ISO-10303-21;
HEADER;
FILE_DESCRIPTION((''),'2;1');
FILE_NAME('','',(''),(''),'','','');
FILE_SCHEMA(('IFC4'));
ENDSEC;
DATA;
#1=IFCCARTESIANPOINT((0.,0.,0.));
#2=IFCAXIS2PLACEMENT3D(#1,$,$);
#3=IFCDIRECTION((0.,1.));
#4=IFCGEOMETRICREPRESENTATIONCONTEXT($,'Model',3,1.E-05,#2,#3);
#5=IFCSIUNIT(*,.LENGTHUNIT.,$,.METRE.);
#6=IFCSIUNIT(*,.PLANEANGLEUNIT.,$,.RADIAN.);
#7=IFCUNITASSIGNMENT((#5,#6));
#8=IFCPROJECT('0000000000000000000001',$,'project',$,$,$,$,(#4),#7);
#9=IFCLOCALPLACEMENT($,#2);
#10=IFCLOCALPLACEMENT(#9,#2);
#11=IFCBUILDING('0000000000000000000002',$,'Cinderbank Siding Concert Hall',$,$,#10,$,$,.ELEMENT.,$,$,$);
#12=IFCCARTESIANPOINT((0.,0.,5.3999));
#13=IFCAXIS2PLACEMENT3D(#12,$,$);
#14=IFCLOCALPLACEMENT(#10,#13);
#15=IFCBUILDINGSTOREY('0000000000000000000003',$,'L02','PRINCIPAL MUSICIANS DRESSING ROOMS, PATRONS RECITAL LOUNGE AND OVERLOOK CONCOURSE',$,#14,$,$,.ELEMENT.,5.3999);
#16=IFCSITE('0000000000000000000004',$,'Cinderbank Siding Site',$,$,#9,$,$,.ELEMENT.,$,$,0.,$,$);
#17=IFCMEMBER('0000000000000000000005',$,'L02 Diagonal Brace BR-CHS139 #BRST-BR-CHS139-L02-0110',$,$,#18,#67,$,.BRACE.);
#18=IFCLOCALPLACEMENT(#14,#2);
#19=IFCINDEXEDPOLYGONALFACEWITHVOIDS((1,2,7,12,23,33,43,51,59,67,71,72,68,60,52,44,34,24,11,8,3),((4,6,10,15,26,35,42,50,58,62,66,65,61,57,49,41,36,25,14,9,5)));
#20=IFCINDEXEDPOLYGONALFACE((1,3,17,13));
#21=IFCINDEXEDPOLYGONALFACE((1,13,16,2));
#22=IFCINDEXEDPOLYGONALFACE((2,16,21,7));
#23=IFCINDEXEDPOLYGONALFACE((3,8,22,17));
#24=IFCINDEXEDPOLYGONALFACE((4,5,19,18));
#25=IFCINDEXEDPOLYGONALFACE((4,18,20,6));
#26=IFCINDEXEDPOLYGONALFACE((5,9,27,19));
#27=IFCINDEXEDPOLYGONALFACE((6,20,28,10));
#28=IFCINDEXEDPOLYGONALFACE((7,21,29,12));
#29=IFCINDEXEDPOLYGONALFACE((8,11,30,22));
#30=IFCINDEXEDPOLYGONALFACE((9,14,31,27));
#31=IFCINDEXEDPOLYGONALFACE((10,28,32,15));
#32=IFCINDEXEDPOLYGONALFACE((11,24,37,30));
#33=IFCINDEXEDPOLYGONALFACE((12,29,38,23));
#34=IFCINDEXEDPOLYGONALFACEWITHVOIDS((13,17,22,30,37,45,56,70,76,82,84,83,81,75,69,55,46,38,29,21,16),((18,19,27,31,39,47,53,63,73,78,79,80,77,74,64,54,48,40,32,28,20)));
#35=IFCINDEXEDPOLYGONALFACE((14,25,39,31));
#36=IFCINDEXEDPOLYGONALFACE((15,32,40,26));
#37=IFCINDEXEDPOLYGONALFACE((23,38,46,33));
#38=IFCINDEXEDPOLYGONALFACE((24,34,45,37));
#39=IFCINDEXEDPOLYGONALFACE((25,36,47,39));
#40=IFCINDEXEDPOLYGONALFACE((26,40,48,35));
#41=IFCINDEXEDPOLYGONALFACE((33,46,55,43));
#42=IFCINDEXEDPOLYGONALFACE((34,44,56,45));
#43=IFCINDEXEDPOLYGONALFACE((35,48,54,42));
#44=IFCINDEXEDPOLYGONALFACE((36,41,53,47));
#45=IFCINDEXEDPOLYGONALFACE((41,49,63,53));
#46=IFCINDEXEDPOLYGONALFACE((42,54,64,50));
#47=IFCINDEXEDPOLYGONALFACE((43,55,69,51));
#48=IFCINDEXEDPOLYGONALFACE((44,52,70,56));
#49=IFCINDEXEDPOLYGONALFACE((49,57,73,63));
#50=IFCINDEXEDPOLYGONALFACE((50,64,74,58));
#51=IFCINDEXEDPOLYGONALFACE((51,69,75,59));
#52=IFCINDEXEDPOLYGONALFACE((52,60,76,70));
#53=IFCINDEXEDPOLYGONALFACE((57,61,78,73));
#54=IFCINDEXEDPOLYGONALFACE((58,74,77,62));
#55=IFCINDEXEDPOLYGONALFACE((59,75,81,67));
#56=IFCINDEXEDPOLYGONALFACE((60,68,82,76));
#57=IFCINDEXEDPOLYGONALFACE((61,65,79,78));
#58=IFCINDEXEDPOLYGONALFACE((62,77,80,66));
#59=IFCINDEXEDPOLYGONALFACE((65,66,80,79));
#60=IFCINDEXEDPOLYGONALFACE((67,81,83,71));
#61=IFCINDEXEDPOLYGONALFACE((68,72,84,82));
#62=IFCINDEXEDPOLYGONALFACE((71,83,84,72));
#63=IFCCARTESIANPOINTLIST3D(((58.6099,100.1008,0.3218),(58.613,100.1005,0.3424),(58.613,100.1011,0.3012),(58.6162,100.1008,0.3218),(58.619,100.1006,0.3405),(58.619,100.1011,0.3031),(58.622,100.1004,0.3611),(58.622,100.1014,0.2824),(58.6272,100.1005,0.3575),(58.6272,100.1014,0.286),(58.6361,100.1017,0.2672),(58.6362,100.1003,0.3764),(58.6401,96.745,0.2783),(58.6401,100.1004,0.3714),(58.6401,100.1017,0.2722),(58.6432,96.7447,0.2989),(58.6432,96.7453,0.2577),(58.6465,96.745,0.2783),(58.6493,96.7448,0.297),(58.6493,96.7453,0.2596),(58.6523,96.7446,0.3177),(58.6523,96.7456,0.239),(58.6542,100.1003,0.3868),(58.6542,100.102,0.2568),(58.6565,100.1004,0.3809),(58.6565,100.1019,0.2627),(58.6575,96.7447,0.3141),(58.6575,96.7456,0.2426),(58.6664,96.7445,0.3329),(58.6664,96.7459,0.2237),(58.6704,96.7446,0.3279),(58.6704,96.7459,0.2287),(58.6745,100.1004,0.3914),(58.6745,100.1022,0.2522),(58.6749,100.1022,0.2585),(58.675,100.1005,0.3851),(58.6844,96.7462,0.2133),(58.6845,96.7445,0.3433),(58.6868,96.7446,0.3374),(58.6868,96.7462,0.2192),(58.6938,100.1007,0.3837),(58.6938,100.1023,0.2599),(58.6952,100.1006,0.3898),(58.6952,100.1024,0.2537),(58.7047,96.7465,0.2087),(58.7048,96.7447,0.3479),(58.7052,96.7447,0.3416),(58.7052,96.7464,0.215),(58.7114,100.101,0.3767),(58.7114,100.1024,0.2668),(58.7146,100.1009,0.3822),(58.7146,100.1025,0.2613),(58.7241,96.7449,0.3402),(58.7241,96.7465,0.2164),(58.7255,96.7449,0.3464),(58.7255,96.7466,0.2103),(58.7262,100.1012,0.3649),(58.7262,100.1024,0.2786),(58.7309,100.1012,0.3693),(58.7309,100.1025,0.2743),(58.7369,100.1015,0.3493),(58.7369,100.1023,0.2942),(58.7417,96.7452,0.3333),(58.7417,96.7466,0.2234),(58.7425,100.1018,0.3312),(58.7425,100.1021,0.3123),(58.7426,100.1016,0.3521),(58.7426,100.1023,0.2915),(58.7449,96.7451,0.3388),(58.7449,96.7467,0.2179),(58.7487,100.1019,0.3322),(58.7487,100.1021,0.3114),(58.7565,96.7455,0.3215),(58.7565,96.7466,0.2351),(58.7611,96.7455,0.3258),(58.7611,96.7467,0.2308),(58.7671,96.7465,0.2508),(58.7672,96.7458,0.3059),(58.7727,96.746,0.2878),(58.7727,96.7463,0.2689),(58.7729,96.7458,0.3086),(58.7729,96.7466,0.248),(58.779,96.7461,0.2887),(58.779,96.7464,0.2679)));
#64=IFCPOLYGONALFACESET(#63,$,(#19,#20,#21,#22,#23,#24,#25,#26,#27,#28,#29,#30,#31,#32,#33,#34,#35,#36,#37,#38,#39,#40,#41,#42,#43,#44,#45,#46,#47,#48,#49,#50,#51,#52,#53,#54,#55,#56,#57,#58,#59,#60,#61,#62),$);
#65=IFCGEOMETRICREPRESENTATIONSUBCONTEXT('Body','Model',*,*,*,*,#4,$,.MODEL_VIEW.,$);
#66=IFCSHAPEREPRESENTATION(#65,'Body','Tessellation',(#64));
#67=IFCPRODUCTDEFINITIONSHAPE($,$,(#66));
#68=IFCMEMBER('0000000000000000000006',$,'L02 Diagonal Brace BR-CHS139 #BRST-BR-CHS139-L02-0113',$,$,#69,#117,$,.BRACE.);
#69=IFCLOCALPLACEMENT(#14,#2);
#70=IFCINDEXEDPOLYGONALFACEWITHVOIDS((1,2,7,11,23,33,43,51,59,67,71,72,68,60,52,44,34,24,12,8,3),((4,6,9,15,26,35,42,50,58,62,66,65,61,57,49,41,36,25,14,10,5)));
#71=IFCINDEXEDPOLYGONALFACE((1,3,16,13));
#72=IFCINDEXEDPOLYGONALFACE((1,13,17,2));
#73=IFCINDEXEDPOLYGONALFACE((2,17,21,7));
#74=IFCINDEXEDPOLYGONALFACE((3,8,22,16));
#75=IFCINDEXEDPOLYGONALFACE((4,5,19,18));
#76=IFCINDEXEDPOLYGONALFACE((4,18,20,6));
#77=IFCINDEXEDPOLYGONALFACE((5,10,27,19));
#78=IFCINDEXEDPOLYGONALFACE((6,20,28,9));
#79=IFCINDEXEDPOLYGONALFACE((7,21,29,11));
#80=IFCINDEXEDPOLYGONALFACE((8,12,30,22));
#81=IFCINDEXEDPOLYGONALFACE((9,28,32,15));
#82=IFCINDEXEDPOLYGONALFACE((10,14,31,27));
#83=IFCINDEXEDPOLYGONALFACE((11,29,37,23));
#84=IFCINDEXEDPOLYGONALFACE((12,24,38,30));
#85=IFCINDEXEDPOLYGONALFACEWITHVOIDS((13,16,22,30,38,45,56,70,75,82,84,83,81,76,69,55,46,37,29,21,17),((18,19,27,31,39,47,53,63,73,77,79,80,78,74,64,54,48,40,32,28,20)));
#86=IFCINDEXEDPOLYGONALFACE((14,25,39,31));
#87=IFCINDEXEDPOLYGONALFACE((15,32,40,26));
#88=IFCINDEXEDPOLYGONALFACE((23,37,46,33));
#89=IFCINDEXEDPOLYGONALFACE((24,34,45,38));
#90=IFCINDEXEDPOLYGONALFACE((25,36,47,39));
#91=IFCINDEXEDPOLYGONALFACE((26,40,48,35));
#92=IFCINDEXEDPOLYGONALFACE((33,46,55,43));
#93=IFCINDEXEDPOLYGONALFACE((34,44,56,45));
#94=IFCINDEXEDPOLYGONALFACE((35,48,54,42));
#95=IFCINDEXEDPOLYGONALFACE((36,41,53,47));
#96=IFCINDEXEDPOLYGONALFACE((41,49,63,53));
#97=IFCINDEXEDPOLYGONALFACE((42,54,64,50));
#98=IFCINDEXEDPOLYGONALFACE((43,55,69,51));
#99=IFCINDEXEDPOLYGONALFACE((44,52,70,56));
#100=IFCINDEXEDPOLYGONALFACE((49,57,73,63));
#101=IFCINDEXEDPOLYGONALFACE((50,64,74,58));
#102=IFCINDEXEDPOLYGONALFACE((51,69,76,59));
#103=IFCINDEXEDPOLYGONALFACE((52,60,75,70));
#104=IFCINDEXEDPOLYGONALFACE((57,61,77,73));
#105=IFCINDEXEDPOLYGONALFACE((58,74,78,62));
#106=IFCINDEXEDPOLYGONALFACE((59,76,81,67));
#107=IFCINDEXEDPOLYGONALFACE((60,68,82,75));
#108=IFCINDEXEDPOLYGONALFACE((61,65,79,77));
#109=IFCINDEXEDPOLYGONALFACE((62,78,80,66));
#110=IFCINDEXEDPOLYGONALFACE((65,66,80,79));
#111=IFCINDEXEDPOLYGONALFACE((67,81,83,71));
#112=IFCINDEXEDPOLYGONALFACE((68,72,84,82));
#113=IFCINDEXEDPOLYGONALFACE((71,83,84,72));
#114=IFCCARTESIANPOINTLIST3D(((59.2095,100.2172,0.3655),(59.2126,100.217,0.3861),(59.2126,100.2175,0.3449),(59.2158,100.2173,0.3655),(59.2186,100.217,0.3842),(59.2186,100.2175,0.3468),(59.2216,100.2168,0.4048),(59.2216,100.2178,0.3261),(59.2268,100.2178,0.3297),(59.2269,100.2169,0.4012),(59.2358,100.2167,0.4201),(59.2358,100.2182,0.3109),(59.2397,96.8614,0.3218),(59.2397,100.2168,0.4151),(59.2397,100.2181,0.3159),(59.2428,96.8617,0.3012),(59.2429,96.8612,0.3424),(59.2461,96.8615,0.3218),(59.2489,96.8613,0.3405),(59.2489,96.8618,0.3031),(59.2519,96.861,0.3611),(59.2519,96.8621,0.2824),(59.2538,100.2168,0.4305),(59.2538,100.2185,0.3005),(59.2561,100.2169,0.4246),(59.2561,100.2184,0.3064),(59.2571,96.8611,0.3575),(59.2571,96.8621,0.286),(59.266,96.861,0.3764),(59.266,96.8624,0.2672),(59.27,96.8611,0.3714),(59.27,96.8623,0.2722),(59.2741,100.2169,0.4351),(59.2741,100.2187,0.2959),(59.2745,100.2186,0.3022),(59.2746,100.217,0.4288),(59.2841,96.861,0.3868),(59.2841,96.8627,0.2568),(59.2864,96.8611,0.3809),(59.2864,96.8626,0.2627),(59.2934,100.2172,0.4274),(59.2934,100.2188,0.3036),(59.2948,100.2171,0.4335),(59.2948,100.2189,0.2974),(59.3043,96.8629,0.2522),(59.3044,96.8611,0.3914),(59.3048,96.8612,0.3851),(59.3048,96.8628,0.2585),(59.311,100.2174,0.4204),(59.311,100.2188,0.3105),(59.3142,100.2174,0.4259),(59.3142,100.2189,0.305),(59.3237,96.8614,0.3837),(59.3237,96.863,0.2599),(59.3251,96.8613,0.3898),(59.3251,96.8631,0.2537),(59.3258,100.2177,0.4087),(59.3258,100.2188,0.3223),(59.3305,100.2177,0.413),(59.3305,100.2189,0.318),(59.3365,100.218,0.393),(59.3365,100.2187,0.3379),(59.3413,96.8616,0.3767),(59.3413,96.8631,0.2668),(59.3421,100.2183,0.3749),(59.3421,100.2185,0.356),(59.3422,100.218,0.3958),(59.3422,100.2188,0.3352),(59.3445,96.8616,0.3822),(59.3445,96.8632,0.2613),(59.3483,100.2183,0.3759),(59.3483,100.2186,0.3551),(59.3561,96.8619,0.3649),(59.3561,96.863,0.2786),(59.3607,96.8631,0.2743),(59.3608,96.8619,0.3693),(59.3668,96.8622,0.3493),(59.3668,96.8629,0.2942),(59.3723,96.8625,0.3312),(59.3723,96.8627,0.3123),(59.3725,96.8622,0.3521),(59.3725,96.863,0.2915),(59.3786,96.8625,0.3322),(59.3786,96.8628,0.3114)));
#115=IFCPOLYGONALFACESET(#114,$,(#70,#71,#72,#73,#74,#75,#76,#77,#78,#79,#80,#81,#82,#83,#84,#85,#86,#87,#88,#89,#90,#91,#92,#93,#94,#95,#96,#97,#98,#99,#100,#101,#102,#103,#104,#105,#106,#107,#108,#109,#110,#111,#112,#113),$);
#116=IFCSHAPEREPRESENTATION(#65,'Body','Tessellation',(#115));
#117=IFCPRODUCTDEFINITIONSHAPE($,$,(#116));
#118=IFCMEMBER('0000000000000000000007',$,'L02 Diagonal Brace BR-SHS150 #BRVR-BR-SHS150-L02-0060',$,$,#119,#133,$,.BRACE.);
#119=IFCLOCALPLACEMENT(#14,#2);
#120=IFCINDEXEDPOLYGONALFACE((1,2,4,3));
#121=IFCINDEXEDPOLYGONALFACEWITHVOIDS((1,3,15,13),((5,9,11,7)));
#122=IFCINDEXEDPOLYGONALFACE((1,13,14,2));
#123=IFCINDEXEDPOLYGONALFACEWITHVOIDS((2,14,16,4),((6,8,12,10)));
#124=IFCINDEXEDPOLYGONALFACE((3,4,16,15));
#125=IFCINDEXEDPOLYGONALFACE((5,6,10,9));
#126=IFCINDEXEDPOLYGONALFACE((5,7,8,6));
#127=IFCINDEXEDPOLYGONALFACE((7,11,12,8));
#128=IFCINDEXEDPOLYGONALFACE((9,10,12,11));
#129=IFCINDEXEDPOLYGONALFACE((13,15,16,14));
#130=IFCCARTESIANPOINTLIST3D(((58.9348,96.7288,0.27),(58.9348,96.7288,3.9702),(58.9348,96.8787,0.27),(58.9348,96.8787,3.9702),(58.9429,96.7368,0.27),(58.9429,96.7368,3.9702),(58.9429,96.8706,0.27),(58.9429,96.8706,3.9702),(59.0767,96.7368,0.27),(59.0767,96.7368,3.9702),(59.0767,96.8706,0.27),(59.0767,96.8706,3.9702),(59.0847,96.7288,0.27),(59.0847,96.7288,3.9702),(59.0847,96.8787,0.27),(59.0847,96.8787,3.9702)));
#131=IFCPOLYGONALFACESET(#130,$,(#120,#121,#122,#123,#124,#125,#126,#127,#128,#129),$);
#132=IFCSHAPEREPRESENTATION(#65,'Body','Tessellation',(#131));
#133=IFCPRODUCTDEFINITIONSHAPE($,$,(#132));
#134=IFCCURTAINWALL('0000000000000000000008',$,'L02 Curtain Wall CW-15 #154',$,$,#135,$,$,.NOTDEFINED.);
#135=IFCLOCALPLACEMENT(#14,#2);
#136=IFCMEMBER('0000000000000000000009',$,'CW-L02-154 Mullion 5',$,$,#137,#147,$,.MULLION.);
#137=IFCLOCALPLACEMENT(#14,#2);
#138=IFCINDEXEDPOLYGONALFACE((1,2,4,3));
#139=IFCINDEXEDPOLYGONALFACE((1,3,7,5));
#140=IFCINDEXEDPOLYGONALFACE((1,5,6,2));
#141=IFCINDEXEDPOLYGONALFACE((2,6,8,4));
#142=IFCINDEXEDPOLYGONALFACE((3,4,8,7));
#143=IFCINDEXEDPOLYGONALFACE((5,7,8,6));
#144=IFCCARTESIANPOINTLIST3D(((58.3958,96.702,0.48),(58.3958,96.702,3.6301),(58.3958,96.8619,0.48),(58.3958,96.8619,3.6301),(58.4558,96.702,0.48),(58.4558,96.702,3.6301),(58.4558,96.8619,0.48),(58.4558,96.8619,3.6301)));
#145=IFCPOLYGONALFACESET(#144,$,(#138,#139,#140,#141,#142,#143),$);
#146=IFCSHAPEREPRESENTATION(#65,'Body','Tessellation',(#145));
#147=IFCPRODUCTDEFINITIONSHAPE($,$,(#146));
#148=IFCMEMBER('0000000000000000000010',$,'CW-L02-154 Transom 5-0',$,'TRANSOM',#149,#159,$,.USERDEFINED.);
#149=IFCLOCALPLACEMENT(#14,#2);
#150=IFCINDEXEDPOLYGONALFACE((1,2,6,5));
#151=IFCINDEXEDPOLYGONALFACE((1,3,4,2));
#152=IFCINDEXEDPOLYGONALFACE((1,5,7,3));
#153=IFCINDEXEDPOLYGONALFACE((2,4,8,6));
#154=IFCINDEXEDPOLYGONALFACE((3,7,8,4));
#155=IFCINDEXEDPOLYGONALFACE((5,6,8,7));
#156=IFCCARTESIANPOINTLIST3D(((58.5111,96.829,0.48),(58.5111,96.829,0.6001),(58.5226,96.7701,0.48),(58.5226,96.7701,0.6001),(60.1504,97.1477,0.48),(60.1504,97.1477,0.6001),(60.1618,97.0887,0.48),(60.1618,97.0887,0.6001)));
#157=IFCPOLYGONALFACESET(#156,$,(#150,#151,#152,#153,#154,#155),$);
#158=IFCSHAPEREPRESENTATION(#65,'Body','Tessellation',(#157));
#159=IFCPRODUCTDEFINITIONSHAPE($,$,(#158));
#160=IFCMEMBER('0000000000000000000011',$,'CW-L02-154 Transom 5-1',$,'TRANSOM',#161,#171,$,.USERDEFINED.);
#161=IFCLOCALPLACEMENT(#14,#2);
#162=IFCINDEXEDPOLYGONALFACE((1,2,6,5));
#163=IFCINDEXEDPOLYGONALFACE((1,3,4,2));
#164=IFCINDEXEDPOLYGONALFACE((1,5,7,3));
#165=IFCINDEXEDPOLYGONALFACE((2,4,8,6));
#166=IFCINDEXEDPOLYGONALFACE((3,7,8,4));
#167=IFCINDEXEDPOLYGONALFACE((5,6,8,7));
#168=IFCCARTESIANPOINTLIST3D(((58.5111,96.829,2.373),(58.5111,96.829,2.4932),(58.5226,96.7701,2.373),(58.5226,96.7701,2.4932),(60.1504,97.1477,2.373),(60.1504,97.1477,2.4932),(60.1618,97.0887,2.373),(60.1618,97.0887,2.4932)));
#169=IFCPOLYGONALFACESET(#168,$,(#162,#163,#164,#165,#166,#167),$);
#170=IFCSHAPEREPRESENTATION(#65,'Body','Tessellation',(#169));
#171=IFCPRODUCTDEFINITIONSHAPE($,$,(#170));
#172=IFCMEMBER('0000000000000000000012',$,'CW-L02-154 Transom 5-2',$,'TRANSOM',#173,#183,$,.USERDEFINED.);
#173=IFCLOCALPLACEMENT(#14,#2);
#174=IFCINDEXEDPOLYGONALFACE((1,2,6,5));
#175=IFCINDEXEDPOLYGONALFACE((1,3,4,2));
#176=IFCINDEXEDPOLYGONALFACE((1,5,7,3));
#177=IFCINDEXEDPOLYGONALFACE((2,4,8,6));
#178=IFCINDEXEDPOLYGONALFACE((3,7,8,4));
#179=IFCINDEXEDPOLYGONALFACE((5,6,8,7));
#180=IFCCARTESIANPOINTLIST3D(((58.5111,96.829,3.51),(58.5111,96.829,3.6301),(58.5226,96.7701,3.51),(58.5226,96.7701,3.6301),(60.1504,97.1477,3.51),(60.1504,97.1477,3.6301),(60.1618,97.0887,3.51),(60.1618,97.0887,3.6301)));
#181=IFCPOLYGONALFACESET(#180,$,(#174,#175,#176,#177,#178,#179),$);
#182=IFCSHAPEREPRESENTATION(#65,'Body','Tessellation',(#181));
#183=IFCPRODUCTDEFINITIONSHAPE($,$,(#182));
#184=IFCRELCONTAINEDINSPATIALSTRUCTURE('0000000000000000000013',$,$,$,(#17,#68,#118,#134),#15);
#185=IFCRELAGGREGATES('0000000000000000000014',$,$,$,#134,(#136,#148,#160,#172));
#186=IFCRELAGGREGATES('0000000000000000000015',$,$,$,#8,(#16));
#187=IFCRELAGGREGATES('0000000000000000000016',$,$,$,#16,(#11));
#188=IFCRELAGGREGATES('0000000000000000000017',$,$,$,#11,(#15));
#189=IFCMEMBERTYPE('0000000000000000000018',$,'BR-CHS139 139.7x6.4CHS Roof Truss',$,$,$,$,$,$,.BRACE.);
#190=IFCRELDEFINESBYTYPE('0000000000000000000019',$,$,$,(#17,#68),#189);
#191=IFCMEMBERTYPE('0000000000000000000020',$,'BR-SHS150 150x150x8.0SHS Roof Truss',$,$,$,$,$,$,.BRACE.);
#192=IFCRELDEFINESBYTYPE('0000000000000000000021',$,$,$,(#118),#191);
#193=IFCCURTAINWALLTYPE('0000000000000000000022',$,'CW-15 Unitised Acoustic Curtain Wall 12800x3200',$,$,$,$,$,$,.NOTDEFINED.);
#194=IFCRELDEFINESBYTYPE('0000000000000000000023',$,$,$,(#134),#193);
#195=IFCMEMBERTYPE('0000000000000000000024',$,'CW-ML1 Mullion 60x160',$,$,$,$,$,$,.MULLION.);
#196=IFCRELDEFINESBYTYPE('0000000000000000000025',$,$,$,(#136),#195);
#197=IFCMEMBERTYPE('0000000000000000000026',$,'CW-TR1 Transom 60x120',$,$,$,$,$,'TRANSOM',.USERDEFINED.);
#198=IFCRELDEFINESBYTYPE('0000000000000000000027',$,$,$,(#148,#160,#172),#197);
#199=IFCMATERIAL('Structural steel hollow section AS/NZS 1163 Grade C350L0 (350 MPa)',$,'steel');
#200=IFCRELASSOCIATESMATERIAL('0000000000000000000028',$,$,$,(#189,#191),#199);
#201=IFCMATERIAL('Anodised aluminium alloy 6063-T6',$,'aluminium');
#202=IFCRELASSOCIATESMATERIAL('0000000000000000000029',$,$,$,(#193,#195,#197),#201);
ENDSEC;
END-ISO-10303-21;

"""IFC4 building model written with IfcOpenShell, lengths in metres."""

from ifc_helpers import new_model, si_unit, direction, frame, origin, origin_2d, place, context, subcontext, project, spatial, rectangle, hollow_rectangle, hollow_circle, extrude, material, material_profile, profile_set, type_object, element, aggregate, save


model = new_model("IFC4")

# Units and contexts
model_context = context("Model", 3, precision=1e-05, world=origin(), true_north=direction((0.0, 1.0)))
body_context = subcontext(model_context, "Body", "Model", "MODEL_VIEW")
ifc_project = project(units=[si_unit("LENGTHUNIT", "METRE"), si_unit("PLANEANGLEUNIT", "RADIAN")], contexts=[model_context])

# Site, building, storey
site_placement = place(None, origin())
site = spatial("IfcSite", under=ifc_project, at=site_placement, Name="Cinderbank Siding Site", CompositionType="ELEMENT", RefElevation=0.0)
building_placement = place(site_placement, origin())
building = spatial("IfcBuilding", under=site, at=building_placement, Name="Cinderbank Siding Concert Hall", CompositionType="ELEMENT")
storey_placement = place(building_placement, frame((0.0, 0.0, 5.3999)))
storey = spatial("IfcBuildingStorey", under=building, at=storey_placement, Name="L02", Description="PRINCIPAL MUSICIANS DRESSING ROOMS, PATRONS RECITAL LOUNGE AND OVERLOOK CONCOURSE", CompositionType="ELEMENT", Elevation=5.3999)

# Members
ifc_material_1 = material(Name="Structural steel hollow section AS/NZS 1163 Grade C350L0 (350 MPa)", Category="steel")
ifc_material_profile_1 = material_profile(ifc_material_1, hollow_circle(Radius=0.0698, WallThickness=0.0063, at=origin_2d()), Name="139.7x6.4CHS", Category="LoadBearing")
ifc_profile_set_1 = profile_set([ifc_material_profile_1], Name="Structural steel hollow section AS/NZS 1163 Grade C350L0 (350 MPa)")
member_type_1 = type_object("IfcMemberType", Name="BR-CHS139 139.7x6.4CHS Roof Truss", PredefinedType="BRACE", material=ifc_profile_set_1)
for number, where, z_axis, x_axis, name in (
    (1, (58.71, 96.7456, 0.2783), (-0.00902, 0.999875, 0.012949), (-0.999959, -0.009021, 0.0), "L02 Diagonal Brace BR-CHS139 #BRST-BR-CHS139-L02-0110"),
    (2, (59.3096, 96.8621, 0.3218), (-0.00902, 0.999875, 0.013021), (-0.999959, -0.009021, 0.0), "L02 Diagonal Brace BR-CHS139 #BRST-BR-CHS139-L02-0113"),
):
    element("IfcMember", number, at=place(storey_placement, frame(where, z_axis=z_axis, x_axis=x_axis)), inside=storey, type_object=member_type_1, Name=name, PredefinedType="BRACE", context=body_context, shape_type="SweptSolid", body=[
        extrude(hollow_circle(Radius=0.0698, WallThickness=0.0063, at=origin_2d()), origin(), (0.0, 0.0, 1.0), 3.3562),
    ])
ifc_material_profile_2 = material_profile(ifc_material_1, hollow_rectangle(XDim=0.1499, YDim=0.1499, WallThickness=0.0081, at=origin_2d()), Name="150x150x8.0SHS", Category="LoadBearing")
ifc_profile_set_2 = profile_set([ifc_material_profile_2], Name="Structural steel hollow section AS/NZS 1163 Grade C350L0 (350 MPa)")
member_type_2 = type_object("IfcMemberType", Name="BR-SHS150 150x150x8.0SHS Roof Truss", PredefinedType="BRACE", material=ifc_profile_set_2)
member_1_placement = place(storey_placement, frame((59.0098, 96.8037, 0.27), z_axis=(0.0, 0.0, 1.0), x_axis=(1.0, 0.0, 0.0)))
element("IfcMember", 3, at=member_1_placement, inside=storey, type_object=member_type_2, Name="L02 Diagonal Brace BR-SHS150 #BRVR-BR-SHS150-L02-0060", PredefinedType="BRACE", context=body_context, shape_type="SweptSolid", body=[
    extrude(hollow_rectangle(XDim=0.1499, YDim=0.1499, WallThickness=0.0081, at=origin_2d()), origin(), (0.0, 0.0, 1.0), 3.7002),
])

# Curtain wall, members
ifc_material_2 = material(Name="Anodised aluminium alloy 6063-T6", Category="aluminium")
curtain_wall_type = type_object("IfcCurtainWallType", Name="CW-15 Unitised Acoustic Curtain Wall 12800x3200", PredefinedType="NOTDEFINED", material=ifc_material_2)
curtain_wall_placement = place(storey_placement, origin())
curtain_wall = element("IfcCurtainWall", 4, at=curtain_wall_placement, inside=storey, type_object=curtain_wall_type, Name="L02 Curtain Wall CW-15 #154", PredefinedType="NOTDEFINED")
ifc_material_profile_3 = material_profile(ifc_material_2, rectangle(XDim=0.0601, YDim=0.1599, at=origin_2d()), Name="ALU-MULL-60x160", Category="LoadBearing")
ifc_profile_set_3 = profile_set([ifc_material_profile_3], Name="Anodised aluminium alloy 6063-T6")
member_type_3 = type_object("IfcMemberType", Name="CW-ML1 Mullion 60x160", PredefinedType="MULLION", material=ifc_profile_set_3)
member_2_placement = place(storey_placement, frame((58.4258, 96.782, 0.48), z_axis=(0.0, 0.0, 1.0), x_axis=(1.0, 0.0, 0.0)))
member_2 = element("IfcMember", 5, at=member_2_placement, type_object=member_type_3, Name="CW-L02-154 Mullion 5", PredefinedType="MULLION", context=body_context, shape_type="SweptSolid", body=[
    extrude(rectangle(XDim=0.0601, YDim=0.1599, at=origin_2d()), origin(), (0.0, 0.0, 1.0), 3.1501),
])
ifc_material_profile_4 = material_profile(ifc_material_2, rectangle(XDim=0.0601, YDim=0.1201, at=origin_2d()), Name="ALU-TRAN-60x120", Category="LoadBearing")
ifc_profile_set_4 = profile_set([ifc_material_profile_4], Name="Anodised aluminium alloy 6063-T6")
member_type_4 = type_object("IfcMemberType", Name="CW-TR1 Transom 60x120", ElementType="TRANSOM", PredefinedType="USERDEFINED", material=ifc_profile_set_4)
member_3_placement = place(storey_placement, frame((58.5168, 96.7996, 0.54), z_axis=(0.981629, 0.190799, 0.0), x_axis=(-0.190799, 0.981629, 0.0)))
member_3 = element("IfcMember", 6, at=member_3_placement, type_object=member_type_4, Name="CW-L02-154 Transom 5-0", ObjectType="TRANSOM", PredefinedType="USERDEFINED", context=body_context, shape_type="SweptSolid", body=[
    extrude(rectangle(XDim=0.0601, YDim=0.1201, at=origin_2d()), origin(), (0.0, 0.0, 1.0), 1.6699),
])
member_4_placement = place(storey_placement, frame((58.5168, 96.7996, 2.4331), z_axis=(0.981629, 0.190799, 0.0), x_axis=(-0.190799, 0.981629, 0.0)))
member_4 = element("IfcMember", 7, at=member_4_placement, type_object=member_type_4, Name="CW-L02-154 Transom 5-1", ObjectType="TRANSOM", PredefinedType="USERDEFINED", context=body_context, shape_type="SweptSolid", body=[
    extrude(rectangle(XDim=0.0601, YDim=0.1201, at=origin_2d()), origin(), (0.0, 0.0, 1.0), 1.6699),
])
member_5_placement = place(storey_placement, frame((58.5168, 96.7996, 3.5701), z_axis=(0.981629, 0.190799, 0.0), x_axis=(-0.190799, 0.981629, 0.0)))
member_5 = element("IfcMember", 8, at=member_5_placement, type_object=member_type_4, Name="CW-L02-154 Transom 5-2", ObjectType="TRANSOM", PredefinedType="USERDEFINED", context=body_context, shape_type="SweptSolid", body=[
    extrude(rectangle(XDim=0.0601, YDim=0.1201, at=origin_2d()), origin(), (0.0, 0.0, 1.0), 1.6699),
])

aggregate(curtain_wall, [member_2, member_3, member_4, member_5])

save(model, "model.ifc")
